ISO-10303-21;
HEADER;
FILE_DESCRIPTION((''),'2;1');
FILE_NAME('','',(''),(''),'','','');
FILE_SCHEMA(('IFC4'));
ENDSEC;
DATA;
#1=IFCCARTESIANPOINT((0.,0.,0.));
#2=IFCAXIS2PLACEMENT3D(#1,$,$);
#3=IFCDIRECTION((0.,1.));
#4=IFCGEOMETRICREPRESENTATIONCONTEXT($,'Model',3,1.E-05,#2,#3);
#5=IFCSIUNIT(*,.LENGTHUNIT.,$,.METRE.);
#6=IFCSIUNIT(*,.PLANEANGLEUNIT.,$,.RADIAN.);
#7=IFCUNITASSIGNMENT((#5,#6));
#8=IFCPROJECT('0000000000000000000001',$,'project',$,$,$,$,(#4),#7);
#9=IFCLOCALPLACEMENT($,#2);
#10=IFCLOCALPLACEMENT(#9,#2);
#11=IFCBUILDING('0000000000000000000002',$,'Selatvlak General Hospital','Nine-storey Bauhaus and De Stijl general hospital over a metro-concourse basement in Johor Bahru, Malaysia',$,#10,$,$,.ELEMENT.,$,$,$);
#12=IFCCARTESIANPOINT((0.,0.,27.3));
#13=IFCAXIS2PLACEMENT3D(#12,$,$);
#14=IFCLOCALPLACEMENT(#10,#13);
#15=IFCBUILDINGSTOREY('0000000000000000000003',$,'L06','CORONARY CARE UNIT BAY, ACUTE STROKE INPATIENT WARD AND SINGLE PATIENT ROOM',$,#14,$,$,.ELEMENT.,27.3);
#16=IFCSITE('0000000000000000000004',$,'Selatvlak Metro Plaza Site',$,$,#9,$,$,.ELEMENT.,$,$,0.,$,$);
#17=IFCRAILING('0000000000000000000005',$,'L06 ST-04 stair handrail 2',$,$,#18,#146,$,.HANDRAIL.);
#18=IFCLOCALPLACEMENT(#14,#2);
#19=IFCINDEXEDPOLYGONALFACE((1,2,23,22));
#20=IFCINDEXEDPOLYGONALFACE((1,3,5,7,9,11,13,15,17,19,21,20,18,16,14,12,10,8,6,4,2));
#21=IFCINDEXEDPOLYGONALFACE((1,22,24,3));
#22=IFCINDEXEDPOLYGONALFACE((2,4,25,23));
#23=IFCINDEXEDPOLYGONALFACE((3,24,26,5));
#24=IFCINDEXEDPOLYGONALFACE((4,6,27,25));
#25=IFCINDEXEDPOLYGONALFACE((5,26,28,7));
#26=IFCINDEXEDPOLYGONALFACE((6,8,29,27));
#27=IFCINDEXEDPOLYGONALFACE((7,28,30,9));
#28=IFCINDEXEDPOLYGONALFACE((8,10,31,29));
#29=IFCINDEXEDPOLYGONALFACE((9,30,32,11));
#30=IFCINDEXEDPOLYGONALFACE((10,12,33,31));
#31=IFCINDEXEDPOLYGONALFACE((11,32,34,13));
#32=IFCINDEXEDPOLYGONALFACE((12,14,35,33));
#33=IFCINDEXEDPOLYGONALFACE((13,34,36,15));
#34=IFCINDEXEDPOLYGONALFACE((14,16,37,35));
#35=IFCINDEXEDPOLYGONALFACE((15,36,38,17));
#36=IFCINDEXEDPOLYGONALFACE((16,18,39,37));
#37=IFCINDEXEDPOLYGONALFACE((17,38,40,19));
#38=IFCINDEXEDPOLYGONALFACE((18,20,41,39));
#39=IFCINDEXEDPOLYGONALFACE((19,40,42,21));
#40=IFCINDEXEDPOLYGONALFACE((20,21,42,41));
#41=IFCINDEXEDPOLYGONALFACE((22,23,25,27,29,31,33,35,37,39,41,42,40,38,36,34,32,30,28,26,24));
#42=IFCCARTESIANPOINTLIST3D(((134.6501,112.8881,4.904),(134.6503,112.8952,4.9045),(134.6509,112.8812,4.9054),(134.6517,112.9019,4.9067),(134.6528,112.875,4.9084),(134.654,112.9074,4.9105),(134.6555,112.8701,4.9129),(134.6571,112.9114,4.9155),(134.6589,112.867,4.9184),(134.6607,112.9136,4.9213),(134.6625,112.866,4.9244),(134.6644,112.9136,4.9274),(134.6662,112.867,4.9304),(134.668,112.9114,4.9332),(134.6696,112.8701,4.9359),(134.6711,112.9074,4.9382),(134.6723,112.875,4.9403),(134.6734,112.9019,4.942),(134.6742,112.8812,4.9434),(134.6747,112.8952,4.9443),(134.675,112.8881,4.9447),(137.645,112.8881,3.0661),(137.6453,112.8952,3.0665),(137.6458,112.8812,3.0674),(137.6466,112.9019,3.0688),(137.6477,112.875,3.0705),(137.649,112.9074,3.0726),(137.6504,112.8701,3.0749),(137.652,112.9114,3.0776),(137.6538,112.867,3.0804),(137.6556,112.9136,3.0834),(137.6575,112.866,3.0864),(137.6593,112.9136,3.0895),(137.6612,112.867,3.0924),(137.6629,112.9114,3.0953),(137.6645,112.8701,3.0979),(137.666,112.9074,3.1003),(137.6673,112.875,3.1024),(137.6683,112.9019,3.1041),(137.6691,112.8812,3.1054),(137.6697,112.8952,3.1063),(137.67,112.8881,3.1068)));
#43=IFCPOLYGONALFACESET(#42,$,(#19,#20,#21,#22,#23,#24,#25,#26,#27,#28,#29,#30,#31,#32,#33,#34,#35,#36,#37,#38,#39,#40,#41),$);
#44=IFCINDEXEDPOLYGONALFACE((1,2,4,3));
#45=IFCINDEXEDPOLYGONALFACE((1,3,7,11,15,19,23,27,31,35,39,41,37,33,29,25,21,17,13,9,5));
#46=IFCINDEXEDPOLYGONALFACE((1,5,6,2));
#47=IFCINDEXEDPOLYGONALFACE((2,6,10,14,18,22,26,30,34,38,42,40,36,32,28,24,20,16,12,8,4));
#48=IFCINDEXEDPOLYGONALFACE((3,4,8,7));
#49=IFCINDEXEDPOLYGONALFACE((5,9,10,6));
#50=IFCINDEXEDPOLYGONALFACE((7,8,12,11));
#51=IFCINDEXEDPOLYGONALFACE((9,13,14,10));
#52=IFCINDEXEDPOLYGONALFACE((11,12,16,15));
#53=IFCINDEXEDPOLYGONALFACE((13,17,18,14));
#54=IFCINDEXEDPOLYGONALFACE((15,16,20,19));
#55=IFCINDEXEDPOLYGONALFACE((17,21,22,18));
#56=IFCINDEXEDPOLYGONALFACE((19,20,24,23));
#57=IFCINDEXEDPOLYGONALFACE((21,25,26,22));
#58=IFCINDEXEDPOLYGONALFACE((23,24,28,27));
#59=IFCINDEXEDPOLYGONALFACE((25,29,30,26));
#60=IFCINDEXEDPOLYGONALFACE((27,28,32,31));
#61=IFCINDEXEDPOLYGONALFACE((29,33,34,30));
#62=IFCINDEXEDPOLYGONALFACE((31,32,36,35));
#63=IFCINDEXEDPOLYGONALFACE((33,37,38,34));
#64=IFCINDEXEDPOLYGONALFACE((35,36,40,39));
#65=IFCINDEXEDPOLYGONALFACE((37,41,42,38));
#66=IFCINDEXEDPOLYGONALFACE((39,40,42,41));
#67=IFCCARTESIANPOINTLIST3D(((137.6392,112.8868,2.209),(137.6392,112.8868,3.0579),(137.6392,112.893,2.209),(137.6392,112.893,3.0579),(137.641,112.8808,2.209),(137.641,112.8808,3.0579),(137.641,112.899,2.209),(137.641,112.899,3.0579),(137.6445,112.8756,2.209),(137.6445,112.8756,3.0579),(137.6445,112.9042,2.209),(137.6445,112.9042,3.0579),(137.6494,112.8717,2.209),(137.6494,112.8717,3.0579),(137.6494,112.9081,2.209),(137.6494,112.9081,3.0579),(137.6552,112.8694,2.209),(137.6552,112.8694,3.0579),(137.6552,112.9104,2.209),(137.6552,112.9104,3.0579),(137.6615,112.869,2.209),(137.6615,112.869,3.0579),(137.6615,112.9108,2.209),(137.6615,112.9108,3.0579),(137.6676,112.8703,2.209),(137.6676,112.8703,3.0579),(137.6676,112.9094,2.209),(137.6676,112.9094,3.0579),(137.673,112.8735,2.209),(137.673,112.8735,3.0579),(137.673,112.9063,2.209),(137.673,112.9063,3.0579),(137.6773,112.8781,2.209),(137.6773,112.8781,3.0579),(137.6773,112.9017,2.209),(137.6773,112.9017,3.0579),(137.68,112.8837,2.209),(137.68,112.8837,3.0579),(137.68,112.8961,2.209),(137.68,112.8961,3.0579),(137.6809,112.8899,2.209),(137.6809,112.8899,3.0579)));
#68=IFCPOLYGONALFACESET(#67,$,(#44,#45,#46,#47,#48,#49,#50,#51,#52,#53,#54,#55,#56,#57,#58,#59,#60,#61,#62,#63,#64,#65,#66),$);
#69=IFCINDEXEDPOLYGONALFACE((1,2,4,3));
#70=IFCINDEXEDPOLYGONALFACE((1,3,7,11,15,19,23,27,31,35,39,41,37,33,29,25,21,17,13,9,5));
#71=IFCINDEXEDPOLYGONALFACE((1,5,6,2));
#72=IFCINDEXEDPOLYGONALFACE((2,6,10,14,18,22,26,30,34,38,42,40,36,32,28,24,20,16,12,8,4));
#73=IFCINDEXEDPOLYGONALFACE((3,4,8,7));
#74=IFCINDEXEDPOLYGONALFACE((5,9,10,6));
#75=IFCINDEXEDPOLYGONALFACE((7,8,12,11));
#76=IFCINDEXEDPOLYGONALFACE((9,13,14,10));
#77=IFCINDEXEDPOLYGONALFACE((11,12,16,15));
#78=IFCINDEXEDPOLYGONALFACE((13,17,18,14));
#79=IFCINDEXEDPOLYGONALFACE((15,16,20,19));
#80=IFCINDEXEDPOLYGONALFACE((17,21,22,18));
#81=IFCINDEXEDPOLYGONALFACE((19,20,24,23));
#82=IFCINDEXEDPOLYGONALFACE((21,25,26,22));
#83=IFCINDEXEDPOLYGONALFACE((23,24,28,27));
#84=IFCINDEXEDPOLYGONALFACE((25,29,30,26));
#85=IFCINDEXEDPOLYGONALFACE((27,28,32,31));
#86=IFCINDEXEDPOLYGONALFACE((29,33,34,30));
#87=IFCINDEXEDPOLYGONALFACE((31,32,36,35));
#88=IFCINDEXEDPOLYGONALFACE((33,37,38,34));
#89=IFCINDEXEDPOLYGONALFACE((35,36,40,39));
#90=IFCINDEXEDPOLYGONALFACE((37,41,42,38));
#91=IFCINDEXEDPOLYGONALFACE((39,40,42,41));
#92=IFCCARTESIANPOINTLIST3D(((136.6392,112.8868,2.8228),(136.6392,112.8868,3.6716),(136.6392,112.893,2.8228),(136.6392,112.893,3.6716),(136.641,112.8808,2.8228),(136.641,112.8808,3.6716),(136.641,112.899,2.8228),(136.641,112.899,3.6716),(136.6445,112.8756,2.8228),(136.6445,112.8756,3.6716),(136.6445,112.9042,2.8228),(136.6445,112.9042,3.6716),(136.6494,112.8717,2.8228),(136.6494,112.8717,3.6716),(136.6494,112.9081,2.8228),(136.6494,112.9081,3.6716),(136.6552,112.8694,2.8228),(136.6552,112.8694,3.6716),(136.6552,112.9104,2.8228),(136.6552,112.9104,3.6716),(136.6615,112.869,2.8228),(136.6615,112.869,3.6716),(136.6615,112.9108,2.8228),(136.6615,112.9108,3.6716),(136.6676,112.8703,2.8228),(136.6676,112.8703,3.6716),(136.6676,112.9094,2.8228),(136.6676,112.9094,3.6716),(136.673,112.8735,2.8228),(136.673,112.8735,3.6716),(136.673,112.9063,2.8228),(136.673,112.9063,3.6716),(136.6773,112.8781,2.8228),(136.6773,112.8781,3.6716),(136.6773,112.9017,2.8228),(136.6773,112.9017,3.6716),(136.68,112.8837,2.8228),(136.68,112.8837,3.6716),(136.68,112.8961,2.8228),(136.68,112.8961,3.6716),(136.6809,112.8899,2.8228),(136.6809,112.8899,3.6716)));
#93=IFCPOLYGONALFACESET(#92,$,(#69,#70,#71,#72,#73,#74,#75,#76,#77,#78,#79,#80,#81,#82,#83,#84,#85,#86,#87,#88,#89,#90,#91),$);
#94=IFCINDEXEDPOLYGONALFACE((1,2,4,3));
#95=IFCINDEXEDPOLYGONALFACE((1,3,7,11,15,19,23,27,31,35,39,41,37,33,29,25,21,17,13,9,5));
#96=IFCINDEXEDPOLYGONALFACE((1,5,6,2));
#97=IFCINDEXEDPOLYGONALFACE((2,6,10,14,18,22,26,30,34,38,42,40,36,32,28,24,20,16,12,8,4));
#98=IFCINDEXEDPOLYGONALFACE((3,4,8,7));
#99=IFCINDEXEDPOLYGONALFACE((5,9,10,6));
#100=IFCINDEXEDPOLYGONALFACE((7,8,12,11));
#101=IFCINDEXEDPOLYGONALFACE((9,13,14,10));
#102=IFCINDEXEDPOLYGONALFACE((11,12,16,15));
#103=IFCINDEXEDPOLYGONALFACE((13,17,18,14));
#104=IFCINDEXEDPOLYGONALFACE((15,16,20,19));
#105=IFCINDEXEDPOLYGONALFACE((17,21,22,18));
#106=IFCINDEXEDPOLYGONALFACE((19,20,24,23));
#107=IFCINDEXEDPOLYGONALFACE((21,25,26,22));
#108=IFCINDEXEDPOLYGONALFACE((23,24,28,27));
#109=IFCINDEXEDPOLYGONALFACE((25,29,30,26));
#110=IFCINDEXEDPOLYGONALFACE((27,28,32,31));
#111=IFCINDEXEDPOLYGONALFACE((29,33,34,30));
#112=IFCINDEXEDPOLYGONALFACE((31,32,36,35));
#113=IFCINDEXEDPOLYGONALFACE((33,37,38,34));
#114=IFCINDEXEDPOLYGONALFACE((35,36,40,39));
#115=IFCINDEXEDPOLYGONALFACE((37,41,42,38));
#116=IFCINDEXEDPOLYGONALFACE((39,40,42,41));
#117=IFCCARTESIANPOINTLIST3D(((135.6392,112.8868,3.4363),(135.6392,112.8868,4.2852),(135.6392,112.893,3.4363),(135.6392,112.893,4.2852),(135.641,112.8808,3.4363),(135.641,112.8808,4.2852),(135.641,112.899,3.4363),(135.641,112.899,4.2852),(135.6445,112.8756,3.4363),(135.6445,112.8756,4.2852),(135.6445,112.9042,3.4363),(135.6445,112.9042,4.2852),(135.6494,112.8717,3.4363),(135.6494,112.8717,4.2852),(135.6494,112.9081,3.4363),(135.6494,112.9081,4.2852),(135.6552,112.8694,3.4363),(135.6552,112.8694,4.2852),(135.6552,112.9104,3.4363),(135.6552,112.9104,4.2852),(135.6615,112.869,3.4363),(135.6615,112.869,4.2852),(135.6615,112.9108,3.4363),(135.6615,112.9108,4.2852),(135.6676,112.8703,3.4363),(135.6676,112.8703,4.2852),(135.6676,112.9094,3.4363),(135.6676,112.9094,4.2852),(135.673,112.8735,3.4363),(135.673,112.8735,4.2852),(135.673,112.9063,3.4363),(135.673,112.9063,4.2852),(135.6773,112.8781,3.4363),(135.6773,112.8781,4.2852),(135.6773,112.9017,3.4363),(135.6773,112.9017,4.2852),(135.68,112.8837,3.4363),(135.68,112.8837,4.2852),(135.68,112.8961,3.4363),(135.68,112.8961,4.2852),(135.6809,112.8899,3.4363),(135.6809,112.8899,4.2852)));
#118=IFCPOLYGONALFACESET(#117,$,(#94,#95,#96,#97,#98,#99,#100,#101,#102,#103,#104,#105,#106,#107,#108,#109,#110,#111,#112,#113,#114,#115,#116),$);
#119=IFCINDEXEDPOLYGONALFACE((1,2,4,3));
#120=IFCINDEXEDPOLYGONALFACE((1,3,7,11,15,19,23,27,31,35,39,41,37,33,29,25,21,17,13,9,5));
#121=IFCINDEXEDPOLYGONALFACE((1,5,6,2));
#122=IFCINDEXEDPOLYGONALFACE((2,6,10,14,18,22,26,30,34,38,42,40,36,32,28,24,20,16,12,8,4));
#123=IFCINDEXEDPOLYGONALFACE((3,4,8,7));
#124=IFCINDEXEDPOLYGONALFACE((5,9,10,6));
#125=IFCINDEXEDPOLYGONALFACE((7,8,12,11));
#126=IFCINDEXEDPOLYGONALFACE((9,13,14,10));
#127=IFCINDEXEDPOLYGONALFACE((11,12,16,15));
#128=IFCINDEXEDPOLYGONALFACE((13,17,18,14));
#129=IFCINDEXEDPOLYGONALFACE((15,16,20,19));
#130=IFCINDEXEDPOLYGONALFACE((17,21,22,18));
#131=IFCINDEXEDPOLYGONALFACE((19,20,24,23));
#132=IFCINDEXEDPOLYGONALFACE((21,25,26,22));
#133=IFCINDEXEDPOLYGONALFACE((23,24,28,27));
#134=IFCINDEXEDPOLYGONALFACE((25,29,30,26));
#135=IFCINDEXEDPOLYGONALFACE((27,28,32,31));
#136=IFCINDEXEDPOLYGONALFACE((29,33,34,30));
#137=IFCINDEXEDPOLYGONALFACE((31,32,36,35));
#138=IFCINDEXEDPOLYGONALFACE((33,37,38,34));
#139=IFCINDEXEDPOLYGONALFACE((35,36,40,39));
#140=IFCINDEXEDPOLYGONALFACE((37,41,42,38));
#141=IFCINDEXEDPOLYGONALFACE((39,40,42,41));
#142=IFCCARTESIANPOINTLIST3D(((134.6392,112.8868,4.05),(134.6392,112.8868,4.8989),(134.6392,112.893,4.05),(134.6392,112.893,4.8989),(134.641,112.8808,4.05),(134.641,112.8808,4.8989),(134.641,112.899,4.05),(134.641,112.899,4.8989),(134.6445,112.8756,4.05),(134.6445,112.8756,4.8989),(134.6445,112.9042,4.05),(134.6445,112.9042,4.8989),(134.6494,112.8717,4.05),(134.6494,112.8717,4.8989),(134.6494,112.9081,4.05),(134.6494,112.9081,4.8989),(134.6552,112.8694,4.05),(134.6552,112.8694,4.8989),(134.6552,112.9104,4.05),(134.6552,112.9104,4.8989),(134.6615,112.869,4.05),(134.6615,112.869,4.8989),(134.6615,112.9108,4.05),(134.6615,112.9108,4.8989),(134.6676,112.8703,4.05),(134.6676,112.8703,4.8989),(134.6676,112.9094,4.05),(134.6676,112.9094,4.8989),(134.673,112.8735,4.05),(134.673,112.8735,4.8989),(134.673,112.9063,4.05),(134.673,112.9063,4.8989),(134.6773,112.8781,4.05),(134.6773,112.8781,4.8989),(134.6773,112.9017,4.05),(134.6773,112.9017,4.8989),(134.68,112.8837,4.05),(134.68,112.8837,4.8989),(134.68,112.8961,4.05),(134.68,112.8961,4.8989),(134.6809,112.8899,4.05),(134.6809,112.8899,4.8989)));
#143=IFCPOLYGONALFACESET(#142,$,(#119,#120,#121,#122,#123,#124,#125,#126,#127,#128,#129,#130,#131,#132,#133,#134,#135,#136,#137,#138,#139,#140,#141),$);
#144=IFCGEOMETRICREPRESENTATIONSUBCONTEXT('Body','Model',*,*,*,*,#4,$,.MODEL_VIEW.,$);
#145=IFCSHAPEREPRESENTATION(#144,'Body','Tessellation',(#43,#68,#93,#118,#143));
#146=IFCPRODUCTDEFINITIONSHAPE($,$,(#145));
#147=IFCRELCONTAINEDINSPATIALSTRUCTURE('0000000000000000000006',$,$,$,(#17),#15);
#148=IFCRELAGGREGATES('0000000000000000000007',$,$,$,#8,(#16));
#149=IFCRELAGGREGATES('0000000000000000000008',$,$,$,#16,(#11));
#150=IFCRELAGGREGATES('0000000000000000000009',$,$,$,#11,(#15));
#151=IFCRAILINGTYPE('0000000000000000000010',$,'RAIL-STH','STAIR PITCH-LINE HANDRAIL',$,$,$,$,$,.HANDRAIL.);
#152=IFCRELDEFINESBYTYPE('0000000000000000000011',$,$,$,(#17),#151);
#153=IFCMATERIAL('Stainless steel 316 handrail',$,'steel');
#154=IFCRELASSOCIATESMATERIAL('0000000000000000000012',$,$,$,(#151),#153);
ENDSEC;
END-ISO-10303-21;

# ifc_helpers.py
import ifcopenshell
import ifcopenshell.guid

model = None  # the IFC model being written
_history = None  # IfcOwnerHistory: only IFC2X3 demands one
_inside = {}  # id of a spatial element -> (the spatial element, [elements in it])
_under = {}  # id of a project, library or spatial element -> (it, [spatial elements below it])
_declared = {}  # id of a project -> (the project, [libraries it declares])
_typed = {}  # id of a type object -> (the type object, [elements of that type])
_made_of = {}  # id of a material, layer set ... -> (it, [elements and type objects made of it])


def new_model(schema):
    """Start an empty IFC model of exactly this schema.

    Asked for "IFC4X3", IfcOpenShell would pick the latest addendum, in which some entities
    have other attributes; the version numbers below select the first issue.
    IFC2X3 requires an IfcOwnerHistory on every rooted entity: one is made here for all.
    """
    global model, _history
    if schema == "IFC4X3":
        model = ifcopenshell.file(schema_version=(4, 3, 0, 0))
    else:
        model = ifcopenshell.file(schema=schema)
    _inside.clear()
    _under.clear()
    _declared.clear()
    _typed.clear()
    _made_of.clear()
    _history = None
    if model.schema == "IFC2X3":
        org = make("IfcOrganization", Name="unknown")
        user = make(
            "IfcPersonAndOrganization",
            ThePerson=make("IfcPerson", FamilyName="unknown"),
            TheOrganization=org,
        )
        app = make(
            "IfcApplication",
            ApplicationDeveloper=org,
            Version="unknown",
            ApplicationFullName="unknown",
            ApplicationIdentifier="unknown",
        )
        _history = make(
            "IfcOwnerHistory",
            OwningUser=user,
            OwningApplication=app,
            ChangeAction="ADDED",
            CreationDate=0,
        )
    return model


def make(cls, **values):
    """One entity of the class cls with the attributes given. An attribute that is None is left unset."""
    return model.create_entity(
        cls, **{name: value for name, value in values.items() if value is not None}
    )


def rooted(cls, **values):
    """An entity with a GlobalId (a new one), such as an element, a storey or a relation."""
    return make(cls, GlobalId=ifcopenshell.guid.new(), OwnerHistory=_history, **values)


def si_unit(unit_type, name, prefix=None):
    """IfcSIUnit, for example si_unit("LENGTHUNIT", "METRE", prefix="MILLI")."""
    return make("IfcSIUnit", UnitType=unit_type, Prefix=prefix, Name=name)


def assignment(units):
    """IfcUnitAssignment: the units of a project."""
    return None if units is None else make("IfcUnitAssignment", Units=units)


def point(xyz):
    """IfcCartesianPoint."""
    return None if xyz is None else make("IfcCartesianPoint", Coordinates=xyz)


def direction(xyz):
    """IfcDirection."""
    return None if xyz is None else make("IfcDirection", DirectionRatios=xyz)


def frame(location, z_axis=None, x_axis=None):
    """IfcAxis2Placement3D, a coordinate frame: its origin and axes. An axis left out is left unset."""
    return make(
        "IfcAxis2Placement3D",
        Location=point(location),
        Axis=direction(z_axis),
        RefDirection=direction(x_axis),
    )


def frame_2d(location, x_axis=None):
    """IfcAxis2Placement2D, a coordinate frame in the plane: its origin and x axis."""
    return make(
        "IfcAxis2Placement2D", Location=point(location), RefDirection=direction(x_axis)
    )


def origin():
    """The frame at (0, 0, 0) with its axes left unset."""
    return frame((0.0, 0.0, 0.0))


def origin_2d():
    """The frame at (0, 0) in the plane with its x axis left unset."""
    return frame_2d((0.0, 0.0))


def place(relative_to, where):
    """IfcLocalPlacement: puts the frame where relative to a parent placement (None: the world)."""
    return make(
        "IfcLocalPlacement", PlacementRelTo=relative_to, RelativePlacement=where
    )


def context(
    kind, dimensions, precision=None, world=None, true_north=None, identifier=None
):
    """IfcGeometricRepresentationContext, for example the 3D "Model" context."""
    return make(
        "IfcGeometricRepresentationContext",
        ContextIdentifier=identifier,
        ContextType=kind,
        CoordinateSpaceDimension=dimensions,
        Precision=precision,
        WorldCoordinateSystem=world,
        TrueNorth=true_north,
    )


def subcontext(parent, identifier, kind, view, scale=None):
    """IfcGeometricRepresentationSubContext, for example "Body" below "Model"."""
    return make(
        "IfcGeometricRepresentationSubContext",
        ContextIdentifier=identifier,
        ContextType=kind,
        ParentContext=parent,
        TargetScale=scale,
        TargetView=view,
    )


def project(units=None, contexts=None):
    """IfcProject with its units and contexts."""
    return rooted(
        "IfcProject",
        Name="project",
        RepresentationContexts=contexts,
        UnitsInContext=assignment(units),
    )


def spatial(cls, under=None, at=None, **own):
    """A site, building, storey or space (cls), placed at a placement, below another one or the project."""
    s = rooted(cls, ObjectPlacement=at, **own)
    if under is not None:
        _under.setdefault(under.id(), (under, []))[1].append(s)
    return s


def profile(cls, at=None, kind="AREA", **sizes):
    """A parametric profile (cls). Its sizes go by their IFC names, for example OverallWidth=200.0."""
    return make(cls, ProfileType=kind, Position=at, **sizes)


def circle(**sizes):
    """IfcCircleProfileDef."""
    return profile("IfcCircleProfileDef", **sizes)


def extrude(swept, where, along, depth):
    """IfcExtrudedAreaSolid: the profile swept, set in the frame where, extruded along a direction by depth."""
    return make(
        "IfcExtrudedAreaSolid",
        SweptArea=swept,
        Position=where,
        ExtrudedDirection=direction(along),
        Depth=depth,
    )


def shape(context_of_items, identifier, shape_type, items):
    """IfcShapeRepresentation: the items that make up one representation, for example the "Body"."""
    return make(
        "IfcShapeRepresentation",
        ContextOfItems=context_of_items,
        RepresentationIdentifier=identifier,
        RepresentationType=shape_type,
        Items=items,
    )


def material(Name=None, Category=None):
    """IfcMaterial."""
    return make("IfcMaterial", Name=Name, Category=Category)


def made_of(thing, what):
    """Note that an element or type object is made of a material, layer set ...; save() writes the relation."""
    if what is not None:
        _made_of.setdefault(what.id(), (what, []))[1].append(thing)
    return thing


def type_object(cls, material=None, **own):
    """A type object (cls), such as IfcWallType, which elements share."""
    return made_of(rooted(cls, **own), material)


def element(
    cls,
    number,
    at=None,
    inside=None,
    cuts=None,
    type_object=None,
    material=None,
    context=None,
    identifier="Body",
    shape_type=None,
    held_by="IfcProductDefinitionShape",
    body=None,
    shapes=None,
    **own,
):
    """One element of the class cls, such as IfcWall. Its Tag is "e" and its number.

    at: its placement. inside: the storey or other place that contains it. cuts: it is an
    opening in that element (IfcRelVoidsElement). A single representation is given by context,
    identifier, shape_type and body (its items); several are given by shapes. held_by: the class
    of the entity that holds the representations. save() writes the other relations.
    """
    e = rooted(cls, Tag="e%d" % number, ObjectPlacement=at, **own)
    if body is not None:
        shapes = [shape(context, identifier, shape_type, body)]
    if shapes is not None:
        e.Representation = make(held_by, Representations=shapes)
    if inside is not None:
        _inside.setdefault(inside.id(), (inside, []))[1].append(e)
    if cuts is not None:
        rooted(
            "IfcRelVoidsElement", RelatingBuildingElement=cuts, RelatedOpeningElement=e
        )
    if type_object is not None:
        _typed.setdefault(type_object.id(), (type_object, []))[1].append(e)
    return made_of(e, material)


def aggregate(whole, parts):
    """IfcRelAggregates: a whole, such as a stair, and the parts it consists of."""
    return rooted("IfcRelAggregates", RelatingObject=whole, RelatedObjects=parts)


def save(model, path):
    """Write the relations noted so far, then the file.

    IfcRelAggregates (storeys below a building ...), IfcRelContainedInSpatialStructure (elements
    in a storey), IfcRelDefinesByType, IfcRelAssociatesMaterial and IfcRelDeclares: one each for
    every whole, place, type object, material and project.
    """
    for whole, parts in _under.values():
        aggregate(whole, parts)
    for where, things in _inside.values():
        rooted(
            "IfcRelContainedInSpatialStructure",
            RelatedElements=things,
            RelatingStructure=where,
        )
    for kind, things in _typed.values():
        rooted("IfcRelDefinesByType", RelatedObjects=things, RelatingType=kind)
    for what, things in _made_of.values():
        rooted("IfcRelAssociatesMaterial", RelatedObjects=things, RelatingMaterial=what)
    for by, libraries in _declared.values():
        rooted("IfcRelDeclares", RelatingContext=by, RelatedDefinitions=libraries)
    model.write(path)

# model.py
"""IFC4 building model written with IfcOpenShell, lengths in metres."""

from ifc_helpers import new_model, si_unit, direction, frame, origin, origin_2d, place, context, subcontext, project, spatial, circle, extrude, material, type_object, element, save


model = new_model("IFC4")

# Units and contexts
model_context = context("Model", 3, precision=1e-05, world=origin(), true_north=direction((0.0, 1.0)))
body_context = subcontext(model_context, "Body", "Model", "MODEL_VIEW")
ifc_project = project(units=[si_unit("LENGTHUNIT", "METRE"), si_unit("PLANEANGLEUNIT", "RADIAN")], contexts=[model_context])

# Site, building, storey
site_placement = place(None, origin())
site = spatial("IfcSite", under=ifc_project, at=site_placement, Name="Selatvlak Metro Plaza Site", CompositionType="ELEMENT", RefElevation=0.0)
building_placement = place(site_placement, origin())
building = spatial("IfcBuilding", under=site, at=building_placement, Name="Selatvlak General Hospital", Description="Nine-storey Bauhaus and De Stijl general hospital over a metro-concourse basement in Johor Bahru, Malaysia", CompositionType="ELEMENT")
storey_placement = place(building_placement, frame((0.0, 0.0, 27.3)))
storey = spatial("IfcBuildingStorey", under=building, at=storey_placement, Name="L06", Description="CORONARY CARE UNIT BAY, ACUTE STROKE INPATIENT WARD AND SINGLE PATIENT ROOM", CompositionType="ELEMENT", Elevation=27.3)

# Railing
ifc_material_1 = material(Name="Stainless steel 316 handrail", Category="steel")
railing_type_1 = type_object("IfcRailingType", Name="RAIL-STH", Description="STAIR PITCH-LINE HANDRAIL", PredefinedType="HANDRAIL", material=ifc_material_1)
railing_1_placement = place(storey_placement, frame((137.6599, 112.8899, 2.209)))
element("IfcRailing", 1, at=railing_1_placement, inside=storey, type_object=railing_type_1, Name="L06 ST-04 stair handrail 2", PredefinedType="HANDRAIL", context=body_context, shape_type="SweptSolid", body=[
    extrude(circle(Radius=0.0239, at=origin_2d()), frame((-0.0024, 0.0, 0.8774), z_axis=(-0.852303, 0.0, 0.523048), x_axis=(0.0, -1.0, 0.0)), (0.0, 0.0, 1.0), 3.5139),
    extrude(circle(Radius=0.021, at=origin_2d()), origin(), (0.0, 0.0, 1.0), 0.8489),
    extrude(circle(Radius=0.021, at=origin_2d()), frame((-1.0, 0.0, 0.6138)), (0.0, 0.0, 1.0), 0.8489),
    extrude(circle(Radius=0.021, at=origin_2d()), frame((-2.0, 0.0, 1.2273)), (0.0, 0.0, 1.0), 0.8489),
    extrude(circle(Radius=0.021, at=origin_2d()), frame((-3.0, 0.0, 1.8411)), (0.0, 0.0, 1.0), 0.8489),
])

save(model, "model.ifc")
